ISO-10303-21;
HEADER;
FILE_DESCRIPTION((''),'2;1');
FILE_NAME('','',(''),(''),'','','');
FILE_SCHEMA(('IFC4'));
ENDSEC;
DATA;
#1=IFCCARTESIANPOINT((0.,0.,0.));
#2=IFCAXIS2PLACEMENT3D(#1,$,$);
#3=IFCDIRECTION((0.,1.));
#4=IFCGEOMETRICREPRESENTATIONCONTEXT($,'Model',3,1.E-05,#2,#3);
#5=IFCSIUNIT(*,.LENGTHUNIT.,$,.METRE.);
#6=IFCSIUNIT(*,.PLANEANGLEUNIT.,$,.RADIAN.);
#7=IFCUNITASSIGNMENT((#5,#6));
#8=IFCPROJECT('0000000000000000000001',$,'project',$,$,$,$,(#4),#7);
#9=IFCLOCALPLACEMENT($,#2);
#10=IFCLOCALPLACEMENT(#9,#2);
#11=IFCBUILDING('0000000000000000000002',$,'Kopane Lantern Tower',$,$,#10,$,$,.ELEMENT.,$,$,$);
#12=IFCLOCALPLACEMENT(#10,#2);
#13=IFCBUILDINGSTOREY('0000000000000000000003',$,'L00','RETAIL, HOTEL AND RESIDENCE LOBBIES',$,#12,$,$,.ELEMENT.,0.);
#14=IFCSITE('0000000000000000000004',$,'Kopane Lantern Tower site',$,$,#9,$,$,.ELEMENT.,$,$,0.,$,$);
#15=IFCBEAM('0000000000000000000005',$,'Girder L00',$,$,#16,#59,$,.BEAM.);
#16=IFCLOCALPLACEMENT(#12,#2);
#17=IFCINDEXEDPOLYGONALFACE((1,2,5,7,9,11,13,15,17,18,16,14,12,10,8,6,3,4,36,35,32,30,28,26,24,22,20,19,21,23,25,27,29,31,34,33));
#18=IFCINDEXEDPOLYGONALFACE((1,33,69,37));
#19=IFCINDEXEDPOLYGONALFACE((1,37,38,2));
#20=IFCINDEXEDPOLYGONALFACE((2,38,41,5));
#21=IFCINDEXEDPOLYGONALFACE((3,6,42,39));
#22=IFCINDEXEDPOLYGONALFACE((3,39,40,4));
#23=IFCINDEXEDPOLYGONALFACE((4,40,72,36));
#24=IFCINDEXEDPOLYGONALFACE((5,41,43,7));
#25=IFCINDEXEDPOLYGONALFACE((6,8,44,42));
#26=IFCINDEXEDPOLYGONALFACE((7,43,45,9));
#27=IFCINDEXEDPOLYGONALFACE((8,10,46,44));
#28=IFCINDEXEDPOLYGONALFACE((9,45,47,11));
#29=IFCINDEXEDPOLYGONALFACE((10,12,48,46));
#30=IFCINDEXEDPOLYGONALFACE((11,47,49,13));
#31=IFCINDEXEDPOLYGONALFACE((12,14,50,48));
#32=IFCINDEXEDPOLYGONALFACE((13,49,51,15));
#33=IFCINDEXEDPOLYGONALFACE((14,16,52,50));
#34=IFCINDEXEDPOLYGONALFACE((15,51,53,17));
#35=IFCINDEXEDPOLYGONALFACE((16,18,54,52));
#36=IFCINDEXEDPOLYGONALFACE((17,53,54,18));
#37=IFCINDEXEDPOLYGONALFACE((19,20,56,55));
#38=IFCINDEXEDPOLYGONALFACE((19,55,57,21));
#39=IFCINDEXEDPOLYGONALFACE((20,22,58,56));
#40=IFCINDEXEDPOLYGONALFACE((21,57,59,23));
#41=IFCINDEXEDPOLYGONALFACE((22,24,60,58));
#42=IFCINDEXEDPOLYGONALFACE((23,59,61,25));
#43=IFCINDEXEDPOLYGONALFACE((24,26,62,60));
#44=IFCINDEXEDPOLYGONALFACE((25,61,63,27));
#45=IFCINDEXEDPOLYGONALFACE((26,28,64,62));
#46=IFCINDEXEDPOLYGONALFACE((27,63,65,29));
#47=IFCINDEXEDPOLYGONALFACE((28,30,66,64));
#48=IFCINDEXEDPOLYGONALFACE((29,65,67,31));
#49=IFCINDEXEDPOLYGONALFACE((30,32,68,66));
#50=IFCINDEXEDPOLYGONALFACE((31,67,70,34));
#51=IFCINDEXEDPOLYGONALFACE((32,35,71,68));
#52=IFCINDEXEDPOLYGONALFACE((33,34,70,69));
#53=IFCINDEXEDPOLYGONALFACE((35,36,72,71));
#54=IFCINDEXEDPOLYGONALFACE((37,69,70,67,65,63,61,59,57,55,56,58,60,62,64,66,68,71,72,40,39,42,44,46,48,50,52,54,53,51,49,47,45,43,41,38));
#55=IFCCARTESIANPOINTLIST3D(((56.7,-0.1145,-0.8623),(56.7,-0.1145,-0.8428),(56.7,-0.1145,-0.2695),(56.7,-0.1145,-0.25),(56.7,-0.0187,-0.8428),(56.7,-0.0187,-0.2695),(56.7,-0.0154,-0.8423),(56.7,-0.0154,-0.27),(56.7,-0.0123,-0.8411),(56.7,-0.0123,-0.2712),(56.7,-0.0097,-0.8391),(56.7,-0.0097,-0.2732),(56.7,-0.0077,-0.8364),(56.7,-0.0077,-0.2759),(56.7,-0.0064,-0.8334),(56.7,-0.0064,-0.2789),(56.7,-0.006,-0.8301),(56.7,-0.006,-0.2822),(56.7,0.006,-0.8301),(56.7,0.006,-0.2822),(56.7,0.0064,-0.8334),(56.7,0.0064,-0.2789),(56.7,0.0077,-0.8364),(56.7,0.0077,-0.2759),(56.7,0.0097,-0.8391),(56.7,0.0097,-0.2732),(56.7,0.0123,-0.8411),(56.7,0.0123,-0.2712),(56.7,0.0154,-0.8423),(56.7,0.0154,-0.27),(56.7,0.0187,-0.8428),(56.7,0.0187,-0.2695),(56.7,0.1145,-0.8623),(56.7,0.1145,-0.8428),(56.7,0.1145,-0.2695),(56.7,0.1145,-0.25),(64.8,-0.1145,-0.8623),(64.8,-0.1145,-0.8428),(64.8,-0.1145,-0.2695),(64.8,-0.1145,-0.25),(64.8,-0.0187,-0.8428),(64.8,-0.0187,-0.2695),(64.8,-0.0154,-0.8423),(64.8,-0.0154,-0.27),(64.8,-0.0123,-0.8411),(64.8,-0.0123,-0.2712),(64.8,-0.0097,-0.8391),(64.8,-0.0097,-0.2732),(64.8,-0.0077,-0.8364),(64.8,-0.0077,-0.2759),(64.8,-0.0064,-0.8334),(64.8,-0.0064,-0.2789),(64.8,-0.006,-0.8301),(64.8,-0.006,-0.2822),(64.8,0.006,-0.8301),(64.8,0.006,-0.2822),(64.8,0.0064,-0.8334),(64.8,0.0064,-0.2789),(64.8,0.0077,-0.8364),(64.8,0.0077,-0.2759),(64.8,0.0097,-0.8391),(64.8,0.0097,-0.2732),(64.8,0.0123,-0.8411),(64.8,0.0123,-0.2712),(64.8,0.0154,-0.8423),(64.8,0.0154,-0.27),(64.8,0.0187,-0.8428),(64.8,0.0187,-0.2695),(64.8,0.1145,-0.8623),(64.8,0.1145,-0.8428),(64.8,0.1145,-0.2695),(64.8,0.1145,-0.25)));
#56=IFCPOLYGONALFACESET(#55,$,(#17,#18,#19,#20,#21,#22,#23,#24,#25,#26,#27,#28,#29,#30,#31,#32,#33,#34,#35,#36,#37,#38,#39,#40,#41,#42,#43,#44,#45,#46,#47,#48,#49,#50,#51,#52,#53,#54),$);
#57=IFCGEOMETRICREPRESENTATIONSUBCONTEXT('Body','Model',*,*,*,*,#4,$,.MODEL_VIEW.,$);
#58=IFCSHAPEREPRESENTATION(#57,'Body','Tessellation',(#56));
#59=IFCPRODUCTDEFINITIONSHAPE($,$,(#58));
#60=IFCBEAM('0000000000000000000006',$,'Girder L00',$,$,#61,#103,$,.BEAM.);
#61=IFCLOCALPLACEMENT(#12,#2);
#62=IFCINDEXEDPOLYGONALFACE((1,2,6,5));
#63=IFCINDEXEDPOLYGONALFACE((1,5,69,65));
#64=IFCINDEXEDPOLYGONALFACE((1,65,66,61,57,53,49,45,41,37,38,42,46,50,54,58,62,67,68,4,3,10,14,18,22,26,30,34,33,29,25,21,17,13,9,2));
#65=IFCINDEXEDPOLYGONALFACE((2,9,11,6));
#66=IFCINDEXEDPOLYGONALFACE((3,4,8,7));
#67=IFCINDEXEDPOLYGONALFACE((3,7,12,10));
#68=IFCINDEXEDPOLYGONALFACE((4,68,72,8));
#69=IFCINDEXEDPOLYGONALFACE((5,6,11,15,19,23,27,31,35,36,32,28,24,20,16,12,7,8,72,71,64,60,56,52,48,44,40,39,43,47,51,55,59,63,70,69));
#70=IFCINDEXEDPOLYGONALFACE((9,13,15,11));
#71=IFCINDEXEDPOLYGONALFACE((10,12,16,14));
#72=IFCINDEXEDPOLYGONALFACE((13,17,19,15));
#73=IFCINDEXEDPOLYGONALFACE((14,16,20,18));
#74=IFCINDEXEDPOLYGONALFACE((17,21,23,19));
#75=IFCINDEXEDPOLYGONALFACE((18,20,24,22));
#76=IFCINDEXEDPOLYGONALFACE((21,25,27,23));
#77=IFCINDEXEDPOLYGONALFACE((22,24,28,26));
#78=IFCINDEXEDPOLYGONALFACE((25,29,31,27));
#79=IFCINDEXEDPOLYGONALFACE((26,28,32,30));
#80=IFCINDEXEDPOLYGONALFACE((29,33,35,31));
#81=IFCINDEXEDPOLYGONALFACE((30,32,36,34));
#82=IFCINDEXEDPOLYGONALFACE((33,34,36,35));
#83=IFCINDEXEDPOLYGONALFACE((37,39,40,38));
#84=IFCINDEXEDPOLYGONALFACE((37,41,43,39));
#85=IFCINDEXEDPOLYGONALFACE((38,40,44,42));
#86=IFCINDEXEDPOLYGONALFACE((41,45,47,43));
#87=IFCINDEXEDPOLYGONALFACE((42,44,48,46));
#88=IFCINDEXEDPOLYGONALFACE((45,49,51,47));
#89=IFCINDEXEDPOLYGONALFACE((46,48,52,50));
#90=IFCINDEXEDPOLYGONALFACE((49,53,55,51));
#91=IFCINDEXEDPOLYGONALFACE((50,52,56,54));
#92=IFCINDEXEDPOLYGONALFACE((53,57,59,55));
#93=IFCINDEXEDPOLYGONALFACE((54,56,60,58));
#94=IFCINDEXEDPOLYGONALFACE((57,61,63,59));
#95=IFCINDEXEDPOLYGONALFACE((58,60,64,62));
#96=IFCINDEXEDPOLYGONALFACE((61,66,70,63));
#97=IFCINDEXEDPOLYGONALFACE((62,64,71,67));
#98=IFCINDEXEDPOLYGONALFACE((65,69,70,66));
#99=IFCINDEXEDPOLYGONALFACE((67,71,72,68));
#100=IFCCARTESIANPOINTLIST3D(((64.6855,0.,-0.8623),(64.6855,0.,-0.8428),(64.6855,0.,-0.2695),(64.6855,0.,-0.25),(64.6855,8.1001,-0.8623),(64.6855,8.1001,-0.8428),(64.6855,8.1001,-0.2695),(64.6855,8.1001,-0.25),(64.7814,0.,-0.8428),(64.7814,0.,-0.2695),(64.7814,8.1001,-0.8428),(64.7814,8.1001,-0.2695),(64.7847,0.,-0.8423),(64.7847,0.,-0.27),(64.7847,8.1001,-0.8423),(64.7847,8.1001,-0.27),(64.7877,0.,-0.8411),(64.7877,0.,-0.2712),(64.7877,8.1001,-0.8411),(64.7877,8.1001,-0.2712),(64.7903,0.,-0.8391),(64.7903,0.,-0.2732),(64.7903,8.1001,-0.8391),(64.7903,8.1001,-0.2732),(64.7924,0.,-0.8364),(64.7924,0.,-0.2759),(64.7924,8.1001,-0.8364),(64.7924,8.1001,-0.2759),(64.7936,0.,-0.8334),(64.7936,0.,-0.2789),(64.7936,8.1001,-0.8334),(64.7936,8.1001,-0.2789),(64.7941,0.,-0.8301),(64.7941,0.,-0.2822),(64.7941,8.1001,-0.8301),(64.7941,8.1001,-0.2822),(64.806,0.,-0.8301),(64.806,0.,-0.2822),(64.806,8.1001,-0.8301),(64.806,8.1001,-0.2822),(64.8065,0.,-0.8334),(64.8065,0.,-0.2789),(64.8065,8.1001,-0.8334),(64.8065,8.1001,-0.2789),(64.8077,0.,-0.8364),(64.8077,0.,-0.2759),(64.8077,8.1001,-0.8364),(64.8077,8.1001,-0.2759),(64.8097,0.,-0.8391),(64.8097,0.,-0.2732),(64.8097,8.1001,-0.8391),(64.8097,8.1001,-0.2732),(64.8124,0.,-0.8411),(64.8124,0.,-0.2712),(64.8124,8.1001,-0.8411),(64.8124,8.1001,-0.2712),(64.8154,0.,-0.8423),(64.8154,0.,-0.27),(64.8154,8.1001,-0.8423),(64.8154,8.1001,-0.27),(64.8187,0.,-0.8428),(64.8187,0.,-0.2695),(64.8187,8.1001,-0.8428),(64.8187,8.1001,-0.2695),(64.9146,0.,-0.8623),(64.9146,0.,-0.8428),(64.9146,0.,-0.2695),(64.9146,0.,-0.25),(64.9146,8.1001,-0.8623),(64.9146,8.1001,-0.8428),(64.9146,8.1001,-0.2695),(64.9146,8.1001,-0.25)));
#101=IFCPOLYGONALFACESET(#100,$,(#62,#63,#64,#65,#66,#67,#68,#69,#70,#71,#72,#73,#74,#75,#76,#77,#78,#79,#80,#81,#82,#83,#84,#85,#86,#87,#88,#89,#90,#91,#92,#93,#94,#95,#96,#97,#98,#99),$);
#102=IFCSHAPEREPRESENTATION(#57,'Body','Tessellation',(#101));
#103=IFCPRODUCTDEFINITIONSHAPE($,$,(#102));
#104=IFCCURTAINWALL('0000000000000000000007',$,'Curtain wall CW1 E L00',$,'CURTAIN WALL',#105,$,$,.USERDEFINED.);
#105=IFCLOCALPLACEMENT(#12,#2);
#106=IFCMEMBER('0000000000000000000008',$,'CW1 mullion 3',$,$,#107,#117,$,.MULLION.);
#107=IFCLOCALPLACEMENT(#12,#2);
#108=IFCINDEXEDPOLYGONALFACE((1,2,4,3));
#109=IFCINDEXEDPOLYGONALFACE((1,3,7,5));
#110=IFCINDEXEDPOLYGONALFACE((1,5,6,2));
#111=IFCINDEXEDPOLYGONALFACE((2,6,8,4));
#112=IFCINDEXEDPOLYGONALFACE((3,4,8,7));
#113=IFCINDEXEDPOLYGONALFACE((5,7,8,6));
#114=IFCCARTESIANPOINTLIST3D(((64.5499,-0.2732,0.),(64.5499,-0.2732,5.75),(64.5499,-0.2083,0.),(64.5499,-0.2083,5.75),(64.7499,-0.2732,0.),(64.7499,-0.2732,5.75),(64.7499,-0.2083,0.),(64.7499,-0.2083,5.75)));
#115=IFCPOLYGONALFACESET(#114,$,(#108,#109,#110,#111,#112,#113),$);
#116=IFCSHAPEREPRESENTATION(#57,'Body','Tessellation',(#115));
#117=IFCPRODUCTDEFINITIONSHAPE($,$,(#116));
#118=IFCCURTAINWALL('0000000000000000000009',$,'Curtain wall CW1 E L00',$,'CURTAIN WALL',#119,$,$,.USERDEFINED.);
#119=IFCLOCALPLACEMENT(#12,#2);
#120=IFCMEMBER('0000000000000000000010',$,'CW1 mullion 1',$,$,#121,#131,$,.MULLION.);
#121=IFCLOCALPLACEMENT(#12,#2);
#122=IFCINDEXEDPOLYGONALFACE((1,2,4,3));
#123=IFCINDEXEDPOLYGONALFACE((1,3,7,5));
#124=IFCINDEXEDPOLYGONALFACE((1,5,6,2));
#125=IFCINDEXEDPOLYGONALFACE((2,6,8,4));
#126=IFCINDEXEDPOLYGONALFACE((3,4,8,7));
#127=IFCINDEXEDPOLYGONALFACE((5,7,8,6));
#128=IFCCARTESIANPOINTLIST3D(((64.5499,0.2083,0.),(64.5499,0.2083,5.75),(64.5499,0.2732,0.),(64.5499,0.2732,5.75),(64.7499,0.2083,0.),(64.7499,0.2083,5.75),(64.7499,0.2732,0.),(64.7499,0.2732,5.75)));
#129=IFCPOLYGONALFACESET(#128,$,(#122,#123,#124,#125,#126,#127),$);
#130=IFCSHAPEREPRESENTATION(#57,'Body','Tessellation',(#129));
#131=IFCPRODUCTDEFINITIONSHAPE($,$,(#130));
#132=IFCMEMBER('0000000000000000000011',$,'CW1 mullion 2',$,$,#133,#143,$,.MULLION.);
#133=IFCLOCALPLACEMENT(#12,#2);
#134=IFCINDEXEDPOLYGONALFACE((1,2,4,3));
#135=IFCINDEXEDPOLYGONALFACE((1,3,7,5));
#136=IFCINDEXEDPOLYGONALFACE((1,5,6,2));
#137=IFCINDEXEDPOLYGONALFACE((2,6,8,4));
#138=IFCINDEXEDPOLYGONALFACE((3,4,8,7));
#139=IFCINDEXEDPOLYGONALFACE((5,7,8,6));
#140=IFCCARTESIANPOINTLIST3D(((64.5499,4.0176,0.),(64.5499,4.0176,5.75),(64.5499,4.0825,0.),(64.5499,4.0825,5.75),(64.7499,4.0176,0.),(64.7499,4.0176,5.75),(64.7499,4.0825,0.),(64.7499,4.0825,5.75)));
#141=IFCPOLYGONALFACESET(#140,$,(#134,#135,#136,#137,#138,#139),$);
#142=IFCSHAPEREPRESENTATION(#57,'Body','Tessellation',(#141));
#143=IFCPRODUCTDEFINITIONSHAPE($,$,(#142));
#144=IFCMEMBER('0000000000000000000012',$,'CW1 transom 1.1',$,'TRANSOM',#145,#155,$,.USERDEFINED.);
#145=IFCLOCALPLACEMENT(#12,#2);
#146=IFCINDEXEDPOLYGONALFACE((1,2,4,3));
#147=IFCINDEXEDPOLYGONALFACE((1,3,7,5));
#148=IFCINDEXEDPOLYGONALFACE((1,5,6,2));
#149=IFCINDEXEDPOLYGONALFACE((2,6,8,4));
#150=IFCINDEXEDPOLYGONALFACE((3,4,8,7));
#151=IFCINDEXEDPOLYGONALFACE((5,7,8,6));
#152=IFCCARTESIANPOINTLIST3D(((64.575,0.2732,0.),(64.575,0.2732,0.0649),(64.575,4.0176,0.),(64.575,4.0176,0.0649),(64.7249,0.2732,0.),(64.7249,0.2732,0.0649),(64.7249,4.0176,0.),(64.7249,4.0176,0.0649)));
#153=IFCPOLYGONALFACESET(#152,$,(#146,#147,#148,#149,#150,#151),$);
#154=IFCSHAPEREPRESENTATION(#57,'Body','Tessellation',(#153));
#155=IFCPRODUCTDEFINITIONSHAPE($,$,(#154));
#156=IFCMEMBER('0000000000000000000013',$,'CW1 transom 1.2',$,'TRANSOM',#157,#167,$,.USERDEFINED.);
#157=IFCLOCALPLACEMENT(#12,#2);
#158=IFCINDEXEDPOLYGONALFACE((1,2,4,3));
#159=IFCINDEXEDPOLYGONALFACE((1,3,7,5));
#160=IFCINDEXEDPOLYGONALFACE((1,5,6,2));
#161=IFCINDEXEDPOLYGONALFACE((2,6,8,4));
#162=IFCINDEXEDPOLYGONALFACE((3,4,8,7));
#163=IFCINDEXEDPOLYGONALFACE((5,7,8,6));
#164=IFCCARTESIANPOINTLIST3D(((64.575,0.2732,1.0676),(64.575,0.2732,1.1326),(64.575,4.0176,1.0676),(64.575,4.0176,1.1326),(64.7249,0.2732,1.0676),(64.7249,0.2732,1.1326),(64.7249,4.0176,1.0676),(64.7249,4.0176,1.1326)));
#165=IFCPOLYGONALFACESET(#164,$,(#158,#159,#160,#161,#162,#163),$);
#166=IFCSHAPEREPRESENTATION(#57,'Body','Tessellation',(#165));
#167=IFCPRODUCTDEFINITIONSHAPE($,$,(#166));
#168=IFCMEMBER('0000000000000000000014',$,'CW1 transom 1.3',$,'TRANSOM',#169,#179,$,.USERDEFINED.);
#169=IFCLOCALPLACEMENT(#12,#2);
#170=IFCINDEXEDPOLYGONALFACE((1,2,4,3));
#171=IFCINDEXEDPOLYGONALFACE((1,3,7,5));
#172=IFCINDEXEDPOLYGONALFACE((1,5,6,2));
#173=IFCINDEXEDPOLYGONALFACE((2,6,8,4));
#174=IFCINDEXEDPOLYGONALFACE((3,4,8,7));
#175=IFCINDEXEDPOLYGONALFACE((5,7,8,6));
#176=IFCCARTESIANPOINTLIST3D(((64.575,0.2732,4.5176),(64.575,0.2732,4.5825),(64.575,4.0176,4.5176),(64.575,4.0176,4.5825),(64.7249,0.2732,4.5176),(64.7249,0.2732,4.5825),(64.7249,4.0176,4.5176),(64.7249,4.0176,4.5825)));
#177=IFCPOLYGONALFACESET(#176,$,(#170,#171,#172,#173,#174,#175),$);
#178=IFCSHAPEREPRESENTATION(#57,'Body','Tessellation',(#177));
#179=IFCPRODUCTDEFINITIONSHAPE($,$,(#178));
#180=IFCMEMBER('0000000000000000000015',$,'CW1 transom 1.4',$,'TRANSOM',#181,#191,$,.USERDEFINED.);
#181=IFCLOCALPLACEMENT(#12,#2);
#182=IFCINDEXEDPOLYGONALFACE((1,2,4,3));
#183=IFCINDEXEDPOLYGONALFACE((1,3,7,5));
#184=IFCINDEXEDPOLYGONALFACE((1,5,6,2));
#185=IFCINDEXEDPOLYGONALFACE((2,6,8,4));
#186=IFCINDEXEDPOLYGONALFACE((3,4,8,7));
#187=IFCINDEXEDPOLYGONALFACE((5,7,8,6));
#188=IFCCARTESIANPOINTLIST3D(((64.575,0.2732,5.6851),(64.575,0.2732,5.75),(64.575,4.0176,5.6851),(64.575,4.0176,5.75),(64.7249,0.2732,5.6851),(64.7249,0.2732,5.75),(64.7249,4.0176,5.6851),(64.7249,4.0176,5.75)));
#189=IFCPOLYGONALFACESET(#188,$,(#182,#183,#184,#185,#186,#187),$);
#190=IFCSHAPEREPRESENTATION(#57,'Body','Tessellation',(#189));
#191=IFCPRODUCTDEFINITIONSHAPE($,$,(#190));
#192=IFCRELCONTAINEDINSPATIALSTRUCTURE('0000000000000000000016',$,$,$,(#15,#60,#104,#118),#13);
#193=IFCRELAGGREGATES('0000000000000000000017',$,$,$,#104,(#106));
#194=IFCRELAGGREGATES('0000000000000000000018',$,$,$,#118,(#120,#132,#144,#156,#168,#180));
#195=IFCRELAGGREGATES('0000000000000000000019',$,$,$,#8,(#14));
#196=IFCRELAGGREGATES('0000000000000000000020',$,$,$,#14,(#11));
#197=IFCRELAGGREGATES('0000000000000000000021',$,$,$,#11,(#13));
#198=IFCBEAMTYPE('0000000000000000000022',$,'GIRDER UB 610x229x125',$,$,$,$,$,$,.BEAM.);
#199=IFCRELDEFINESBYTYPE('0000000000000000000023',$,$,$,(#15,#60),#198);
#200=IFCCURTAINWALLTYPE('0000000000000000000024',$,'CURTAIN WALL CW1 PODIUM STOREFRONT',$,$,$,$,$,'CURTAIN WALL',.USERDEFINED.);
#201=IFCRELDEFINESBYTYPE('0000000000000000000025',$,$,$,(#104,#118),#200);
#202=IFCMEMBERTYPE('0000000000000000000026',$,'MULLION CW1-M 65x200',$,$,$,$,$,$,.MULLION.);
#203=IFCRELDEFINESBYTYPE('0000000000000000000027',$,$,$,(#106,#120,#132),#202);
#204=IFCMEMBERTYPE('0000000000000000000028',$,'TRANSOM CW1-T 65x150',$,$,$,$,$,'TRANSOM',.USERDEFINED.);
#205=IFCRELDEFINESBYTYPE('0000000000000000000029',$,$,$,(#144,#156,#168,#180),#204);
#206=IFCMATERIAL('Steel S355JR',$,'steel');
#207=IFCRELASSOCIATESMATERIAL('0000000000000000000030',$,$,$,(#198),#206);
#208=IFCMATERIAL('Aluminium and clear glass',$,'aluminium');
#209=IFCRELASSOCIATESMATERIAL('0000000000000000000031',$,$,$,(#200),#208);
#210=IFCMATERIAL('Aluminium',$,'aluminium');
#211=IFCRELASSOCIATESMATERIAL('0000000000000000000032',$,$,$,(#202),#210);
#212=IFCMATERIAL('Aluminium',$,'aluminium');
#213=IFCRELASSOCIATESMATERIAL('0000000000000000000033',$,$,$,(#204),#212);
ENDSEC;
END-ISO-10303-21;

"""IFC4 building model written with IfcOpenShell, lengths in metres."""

from ifc_helpers import new_model, si_unit, direction, frame, origin, origin_2d, place, context, subcontext, project, spatial, rectangle, i_section, extrude, material, material_profile, profile_set, type_object, element, aggregate, save


model = new_model("IFC4")

# Units and contexts
model_context = context("Model", 3, precision=1e-05, world=origin(), true_north=direction((0.0, 1.0)))
body_context = subcontext(model_context, "Body", "Model", "MODEL_VIEW")
ifc_project = project(units=[si_unit("LENGTHUNIT", "METRE"), si_unit("PLANEANGLEUNIT", "RADIAN")], contexts=[model_context])

# Site, building, storey
site_placement = place(None, origin())
site = spatial("IfcSite", under=ifc_project, at=site_placement, Name="Kopane Lantern Tower site", CompositionType="ELEMENT", RefElevation=0.0)
building_placement = place(site_placement, origin())
building = spatial("IfcBuilding", under=site, at=building_placement, Name="Kopane Lantern Tower", CompositionType="ELEMENT")
storey_placement = place(building_placement, origin())
storey = spatial("IfcBuildingStorey", under=building, at=storey_placement, Name="L00", Description="RETAIL, HOTEL AND RESIDENCE LOBBIES", CompositionType="ELEMENT", Elevation=0.0)

# Beams
ifc_material_1 = material(Name="Steel S355JR", Category="steel")
ifc_material_profile_1 = material_profile(ifc_material_1, i_section(OverallWidth=0.229, OverallDepth=0.6123, WebThickness=0.012, FlangeThickness=0.0195, FilletRadius=0.0127, at=origin_2d()), Name="UB 610x229x125")
ifc_profile_set_1 = profile_set([ifc_material_profile_1], Name="Steel S355JR")
beam_type = type_object("IfcBeamType", Name="GIRDER UB 610x229x125", PredefinedType="BEAM", material=ifc_profile_set_1)
for number, where, z_axis, x_axis, name in (
    (1, (56.7, 0.0, -0.5562), (1.0, 0.0, 0.0), (0.0, 1.0, 0.0), "Girder L00"),
    (2, (64.8, 0.0, -0.5562), (0.0, 1.0, 0.0), (-1.0, 0.0, 0.0), "Girder L00"),
):
    element("IfcBeam", number, at=place(storey_placement, frame(where, z_axis=z_axis, x_axis=x_axis)), inside=storey, type_object=beam_type, Name=name, PredefinedType="BEAM", context=body_context, shape_type="SweptSolid", body=[
        extrude(i_section(OverallWidth=0.229, OverallDepth=0.6123, WebThickness=0.012, FlangeThickness=0.0195, FilletRadius=0.0127, at=origin_2d()), origin(), (0.0, 0.0, 1.0), 8.1001),
    ])

# Curtain wall, member
ifc_material_2 = material(Name="Aluminium and clear glass", Category="aluminium")
curtain_wall_type = type_object("IfcCurtainWallType", Name="CURTAIN WALL CW1 PODIUM STOREFRONT", ElementType="CURTAIN WALL", PredefinedType="USERDEFINED", material=ifc_material_2)
curtain_wall_1_placement = place(storey_placement, origin())
curtain_wall_1 = element("IfcCurtainWall", 3, at=curtain_wall_1_placement, inside=storey, type_object=curtain_wall_type, Name="Curtain wall CW1 E L00", ObjectType="CURTAIN WALL", PredefinedType="USERDEFINED")
ifc_material_3 = material(Name="Aluminium", Category="aluminium")
ifc_material_profile_2 = material_profile(ifc_material_3, rectangle(XDim=0.0649, YDim=0.2, at=origin_2d()), Name="AL 65x200")
ifc_profile_set_2 = profile_set([ifc_material_profile_2], Name="Aluminium")
member_type_1 = type_object("IfcMemberType", Name="MULLION CW1-M 65x200", PredefinedType="MULLION", material=ifc_profile_set_2)
member_1_placement = place(storey_placement, frame((64.6499, -0.2407, 0.0), z_axis=(0.0, 0.0, 1.0), x_axis=(0.0, 1.0, 0.0)))
member_1 = element("IfcMember", 4, at=member_1_placement, type_object=member_type_1, Name="CW1 mullion 3", PredefinedType="MULLION", context=body_context, shape_type="SweptSolid", body=[
    extrude(rectangle(XDim=0.0649, YDim=0.2, at=origin_2d()), origin(), (0.0, 0.0, 1.0), 5.75),
])

# Curtain wall, members
curtain_wall_2_placement = place(storey_placement, origin())
curtain_wall_2 = element("IfcCurtainWall", 5, at=curtain_wall_2_placement, inside=storey, type_object=curtain_wall_type, Name="Curtain wall CW1 E L00", ObjectType="CURTAIN WALL", PredefinedType="USERDEFINED")
member_2_placement = place(storey_placement, frame((64.6499, 0.2407, 0.0), z_axis=(0.0, 0.0, 1.0), x_axis=(0.0, 1.0, 0.0)))
member_2 = element("IfcMember", 6, at=member_2_placement, type_object=member_type_1, Name="CW1 mullion 1", PredefinedType="MULLION", context=body_context, shape_type="SweptSolid", body=[
    extrude(rectangle(XDim=0.0649, YDim=0.2, at=origin_2d()), origin(), (0.0, 0.0, 1.0), 5.75),
])
member_3_placement = place(storey_placement, frame((64.6499, 4.05, 0.0), z_axis=(0.0, 0.0, 1.0), x_axis=(0.0, 1.0, 0.0)))
member_3 = element("IfcMember", 7, at=member_3_placement, type_object=member_type_1, Name="CW1 mullion 2", PredefinedType="MULLION", context=body_context, shape_type="SweptSolid", body=[
    extrude(rectangle(XDim=0.0649, YDim=0.2, at=origin_2d()), origin(), (0.0, 0.0, 1.0), 5.75),
])
ifc_material_4 = material(Name="Aluminium", Category="aluminium")
ifc_material_profile_3 = material_profile(ifc_material_4, rectangle(XDim=0.1499, YDim=0.0649, at=origin_2d()), Name="AL 150x65")
ifc_profile_set_3 = profile_set([ifc_material_profile_3], Name="Aluminium")
member_type_2 = type_object("IfcMemberType", Name="TRANSOM CW1-T 65x150", ElementType="TRANSOM", PredefinedType="USERDEFINED", material=ifc_profile_set_3)
member_4_placement = place(storey_placement, frame((64.6499, 0.2732, 0.0325), z_axis=(0.0, 1.0, 0.0), x_axis=(-1.0, 0.0, 0.0)))
member_4 = element("IfcMember", 8, at=member_4_placement, type_object=member_type_2, Name="CW1 transom 1.1", ObjectType="TRANSOM", PredefinedType="USERDEFINED", context=body_context, shape_type="SweptSolid", body=[
    extrude(rectangle(XDim=0.1499, YDim=0.0649, at=origin_2d()), origin(), (0.0, 0.0, 1.0), 3.7444),
])
member_5_placement = place(storey_placement, frame((64.6499, 0.2732, 1.1001), z_axis=(0.0, 1.0, 0.0), x_axis=(-1.0, 0.0, 0.0)))
member_5 = element("IfcMember", 9, at=member_5_placement, type_object=member_type_2, Name="CW1 transom 1.2", ObjectType="TRANSOM", PredefinedType="USERDEFINED", context=body_context, shape_type="SweptSolid", body=[
    extrude(rectangle(XDim=0.1499, YDim=0.0649, at=origin_2d()), origin(), (0.0, 0.0, 1.0), 3.7444),
])
member_6_placement = place(storey_placement, frame((64.6499, 0.2732, 4.55), z_axis=(0.0, 1.0, 0.0), x_axis=(-1.0, 0.0, 0.0)))
member_6 = element("IfcMember", 10, at=member_6_placement, type_object=member_type_2, Name="CW1 transom 1.3", ObjectType="TRANSOM", PredefinedType="USERDEFINED", context=body_context, shape_type="SweptSolid", body=[
    extrude(rectangle(XDim=0.1499, YDim=0.0649, at=origin_2d()), origin(), (0.0, 0.0, 1.0), 3.7444),
])
member_7_placement = place(storey_placement, frame((64.6499, 0.2732, 5.7175), z_axis=(0.0, 1.0, 0.0), x_axis=(-1.0, 0.0, 0.0)))
member_7 = element("IfcMember", 11, at=member_7_placement, type_object=member_type_2, Name="CW1 transom 1.4", ObjectType="TRANSOM", PredefinedType="USERDEFINED", context=body_context, shape_type="SweptSolid", body=[
    extrude(rectangle(XDim=0.1499, YDim=0.0649, at=origin_2d()), origin(), (0.0, 0.0, 1.0), 3.7444),
])

aggregate(curtain_wall_1, [member_1])
aggregate(curtain_wall_2, [member_2, member_3, member_4, member_5, member_6, member_7])

save(model, "model.ifc")
